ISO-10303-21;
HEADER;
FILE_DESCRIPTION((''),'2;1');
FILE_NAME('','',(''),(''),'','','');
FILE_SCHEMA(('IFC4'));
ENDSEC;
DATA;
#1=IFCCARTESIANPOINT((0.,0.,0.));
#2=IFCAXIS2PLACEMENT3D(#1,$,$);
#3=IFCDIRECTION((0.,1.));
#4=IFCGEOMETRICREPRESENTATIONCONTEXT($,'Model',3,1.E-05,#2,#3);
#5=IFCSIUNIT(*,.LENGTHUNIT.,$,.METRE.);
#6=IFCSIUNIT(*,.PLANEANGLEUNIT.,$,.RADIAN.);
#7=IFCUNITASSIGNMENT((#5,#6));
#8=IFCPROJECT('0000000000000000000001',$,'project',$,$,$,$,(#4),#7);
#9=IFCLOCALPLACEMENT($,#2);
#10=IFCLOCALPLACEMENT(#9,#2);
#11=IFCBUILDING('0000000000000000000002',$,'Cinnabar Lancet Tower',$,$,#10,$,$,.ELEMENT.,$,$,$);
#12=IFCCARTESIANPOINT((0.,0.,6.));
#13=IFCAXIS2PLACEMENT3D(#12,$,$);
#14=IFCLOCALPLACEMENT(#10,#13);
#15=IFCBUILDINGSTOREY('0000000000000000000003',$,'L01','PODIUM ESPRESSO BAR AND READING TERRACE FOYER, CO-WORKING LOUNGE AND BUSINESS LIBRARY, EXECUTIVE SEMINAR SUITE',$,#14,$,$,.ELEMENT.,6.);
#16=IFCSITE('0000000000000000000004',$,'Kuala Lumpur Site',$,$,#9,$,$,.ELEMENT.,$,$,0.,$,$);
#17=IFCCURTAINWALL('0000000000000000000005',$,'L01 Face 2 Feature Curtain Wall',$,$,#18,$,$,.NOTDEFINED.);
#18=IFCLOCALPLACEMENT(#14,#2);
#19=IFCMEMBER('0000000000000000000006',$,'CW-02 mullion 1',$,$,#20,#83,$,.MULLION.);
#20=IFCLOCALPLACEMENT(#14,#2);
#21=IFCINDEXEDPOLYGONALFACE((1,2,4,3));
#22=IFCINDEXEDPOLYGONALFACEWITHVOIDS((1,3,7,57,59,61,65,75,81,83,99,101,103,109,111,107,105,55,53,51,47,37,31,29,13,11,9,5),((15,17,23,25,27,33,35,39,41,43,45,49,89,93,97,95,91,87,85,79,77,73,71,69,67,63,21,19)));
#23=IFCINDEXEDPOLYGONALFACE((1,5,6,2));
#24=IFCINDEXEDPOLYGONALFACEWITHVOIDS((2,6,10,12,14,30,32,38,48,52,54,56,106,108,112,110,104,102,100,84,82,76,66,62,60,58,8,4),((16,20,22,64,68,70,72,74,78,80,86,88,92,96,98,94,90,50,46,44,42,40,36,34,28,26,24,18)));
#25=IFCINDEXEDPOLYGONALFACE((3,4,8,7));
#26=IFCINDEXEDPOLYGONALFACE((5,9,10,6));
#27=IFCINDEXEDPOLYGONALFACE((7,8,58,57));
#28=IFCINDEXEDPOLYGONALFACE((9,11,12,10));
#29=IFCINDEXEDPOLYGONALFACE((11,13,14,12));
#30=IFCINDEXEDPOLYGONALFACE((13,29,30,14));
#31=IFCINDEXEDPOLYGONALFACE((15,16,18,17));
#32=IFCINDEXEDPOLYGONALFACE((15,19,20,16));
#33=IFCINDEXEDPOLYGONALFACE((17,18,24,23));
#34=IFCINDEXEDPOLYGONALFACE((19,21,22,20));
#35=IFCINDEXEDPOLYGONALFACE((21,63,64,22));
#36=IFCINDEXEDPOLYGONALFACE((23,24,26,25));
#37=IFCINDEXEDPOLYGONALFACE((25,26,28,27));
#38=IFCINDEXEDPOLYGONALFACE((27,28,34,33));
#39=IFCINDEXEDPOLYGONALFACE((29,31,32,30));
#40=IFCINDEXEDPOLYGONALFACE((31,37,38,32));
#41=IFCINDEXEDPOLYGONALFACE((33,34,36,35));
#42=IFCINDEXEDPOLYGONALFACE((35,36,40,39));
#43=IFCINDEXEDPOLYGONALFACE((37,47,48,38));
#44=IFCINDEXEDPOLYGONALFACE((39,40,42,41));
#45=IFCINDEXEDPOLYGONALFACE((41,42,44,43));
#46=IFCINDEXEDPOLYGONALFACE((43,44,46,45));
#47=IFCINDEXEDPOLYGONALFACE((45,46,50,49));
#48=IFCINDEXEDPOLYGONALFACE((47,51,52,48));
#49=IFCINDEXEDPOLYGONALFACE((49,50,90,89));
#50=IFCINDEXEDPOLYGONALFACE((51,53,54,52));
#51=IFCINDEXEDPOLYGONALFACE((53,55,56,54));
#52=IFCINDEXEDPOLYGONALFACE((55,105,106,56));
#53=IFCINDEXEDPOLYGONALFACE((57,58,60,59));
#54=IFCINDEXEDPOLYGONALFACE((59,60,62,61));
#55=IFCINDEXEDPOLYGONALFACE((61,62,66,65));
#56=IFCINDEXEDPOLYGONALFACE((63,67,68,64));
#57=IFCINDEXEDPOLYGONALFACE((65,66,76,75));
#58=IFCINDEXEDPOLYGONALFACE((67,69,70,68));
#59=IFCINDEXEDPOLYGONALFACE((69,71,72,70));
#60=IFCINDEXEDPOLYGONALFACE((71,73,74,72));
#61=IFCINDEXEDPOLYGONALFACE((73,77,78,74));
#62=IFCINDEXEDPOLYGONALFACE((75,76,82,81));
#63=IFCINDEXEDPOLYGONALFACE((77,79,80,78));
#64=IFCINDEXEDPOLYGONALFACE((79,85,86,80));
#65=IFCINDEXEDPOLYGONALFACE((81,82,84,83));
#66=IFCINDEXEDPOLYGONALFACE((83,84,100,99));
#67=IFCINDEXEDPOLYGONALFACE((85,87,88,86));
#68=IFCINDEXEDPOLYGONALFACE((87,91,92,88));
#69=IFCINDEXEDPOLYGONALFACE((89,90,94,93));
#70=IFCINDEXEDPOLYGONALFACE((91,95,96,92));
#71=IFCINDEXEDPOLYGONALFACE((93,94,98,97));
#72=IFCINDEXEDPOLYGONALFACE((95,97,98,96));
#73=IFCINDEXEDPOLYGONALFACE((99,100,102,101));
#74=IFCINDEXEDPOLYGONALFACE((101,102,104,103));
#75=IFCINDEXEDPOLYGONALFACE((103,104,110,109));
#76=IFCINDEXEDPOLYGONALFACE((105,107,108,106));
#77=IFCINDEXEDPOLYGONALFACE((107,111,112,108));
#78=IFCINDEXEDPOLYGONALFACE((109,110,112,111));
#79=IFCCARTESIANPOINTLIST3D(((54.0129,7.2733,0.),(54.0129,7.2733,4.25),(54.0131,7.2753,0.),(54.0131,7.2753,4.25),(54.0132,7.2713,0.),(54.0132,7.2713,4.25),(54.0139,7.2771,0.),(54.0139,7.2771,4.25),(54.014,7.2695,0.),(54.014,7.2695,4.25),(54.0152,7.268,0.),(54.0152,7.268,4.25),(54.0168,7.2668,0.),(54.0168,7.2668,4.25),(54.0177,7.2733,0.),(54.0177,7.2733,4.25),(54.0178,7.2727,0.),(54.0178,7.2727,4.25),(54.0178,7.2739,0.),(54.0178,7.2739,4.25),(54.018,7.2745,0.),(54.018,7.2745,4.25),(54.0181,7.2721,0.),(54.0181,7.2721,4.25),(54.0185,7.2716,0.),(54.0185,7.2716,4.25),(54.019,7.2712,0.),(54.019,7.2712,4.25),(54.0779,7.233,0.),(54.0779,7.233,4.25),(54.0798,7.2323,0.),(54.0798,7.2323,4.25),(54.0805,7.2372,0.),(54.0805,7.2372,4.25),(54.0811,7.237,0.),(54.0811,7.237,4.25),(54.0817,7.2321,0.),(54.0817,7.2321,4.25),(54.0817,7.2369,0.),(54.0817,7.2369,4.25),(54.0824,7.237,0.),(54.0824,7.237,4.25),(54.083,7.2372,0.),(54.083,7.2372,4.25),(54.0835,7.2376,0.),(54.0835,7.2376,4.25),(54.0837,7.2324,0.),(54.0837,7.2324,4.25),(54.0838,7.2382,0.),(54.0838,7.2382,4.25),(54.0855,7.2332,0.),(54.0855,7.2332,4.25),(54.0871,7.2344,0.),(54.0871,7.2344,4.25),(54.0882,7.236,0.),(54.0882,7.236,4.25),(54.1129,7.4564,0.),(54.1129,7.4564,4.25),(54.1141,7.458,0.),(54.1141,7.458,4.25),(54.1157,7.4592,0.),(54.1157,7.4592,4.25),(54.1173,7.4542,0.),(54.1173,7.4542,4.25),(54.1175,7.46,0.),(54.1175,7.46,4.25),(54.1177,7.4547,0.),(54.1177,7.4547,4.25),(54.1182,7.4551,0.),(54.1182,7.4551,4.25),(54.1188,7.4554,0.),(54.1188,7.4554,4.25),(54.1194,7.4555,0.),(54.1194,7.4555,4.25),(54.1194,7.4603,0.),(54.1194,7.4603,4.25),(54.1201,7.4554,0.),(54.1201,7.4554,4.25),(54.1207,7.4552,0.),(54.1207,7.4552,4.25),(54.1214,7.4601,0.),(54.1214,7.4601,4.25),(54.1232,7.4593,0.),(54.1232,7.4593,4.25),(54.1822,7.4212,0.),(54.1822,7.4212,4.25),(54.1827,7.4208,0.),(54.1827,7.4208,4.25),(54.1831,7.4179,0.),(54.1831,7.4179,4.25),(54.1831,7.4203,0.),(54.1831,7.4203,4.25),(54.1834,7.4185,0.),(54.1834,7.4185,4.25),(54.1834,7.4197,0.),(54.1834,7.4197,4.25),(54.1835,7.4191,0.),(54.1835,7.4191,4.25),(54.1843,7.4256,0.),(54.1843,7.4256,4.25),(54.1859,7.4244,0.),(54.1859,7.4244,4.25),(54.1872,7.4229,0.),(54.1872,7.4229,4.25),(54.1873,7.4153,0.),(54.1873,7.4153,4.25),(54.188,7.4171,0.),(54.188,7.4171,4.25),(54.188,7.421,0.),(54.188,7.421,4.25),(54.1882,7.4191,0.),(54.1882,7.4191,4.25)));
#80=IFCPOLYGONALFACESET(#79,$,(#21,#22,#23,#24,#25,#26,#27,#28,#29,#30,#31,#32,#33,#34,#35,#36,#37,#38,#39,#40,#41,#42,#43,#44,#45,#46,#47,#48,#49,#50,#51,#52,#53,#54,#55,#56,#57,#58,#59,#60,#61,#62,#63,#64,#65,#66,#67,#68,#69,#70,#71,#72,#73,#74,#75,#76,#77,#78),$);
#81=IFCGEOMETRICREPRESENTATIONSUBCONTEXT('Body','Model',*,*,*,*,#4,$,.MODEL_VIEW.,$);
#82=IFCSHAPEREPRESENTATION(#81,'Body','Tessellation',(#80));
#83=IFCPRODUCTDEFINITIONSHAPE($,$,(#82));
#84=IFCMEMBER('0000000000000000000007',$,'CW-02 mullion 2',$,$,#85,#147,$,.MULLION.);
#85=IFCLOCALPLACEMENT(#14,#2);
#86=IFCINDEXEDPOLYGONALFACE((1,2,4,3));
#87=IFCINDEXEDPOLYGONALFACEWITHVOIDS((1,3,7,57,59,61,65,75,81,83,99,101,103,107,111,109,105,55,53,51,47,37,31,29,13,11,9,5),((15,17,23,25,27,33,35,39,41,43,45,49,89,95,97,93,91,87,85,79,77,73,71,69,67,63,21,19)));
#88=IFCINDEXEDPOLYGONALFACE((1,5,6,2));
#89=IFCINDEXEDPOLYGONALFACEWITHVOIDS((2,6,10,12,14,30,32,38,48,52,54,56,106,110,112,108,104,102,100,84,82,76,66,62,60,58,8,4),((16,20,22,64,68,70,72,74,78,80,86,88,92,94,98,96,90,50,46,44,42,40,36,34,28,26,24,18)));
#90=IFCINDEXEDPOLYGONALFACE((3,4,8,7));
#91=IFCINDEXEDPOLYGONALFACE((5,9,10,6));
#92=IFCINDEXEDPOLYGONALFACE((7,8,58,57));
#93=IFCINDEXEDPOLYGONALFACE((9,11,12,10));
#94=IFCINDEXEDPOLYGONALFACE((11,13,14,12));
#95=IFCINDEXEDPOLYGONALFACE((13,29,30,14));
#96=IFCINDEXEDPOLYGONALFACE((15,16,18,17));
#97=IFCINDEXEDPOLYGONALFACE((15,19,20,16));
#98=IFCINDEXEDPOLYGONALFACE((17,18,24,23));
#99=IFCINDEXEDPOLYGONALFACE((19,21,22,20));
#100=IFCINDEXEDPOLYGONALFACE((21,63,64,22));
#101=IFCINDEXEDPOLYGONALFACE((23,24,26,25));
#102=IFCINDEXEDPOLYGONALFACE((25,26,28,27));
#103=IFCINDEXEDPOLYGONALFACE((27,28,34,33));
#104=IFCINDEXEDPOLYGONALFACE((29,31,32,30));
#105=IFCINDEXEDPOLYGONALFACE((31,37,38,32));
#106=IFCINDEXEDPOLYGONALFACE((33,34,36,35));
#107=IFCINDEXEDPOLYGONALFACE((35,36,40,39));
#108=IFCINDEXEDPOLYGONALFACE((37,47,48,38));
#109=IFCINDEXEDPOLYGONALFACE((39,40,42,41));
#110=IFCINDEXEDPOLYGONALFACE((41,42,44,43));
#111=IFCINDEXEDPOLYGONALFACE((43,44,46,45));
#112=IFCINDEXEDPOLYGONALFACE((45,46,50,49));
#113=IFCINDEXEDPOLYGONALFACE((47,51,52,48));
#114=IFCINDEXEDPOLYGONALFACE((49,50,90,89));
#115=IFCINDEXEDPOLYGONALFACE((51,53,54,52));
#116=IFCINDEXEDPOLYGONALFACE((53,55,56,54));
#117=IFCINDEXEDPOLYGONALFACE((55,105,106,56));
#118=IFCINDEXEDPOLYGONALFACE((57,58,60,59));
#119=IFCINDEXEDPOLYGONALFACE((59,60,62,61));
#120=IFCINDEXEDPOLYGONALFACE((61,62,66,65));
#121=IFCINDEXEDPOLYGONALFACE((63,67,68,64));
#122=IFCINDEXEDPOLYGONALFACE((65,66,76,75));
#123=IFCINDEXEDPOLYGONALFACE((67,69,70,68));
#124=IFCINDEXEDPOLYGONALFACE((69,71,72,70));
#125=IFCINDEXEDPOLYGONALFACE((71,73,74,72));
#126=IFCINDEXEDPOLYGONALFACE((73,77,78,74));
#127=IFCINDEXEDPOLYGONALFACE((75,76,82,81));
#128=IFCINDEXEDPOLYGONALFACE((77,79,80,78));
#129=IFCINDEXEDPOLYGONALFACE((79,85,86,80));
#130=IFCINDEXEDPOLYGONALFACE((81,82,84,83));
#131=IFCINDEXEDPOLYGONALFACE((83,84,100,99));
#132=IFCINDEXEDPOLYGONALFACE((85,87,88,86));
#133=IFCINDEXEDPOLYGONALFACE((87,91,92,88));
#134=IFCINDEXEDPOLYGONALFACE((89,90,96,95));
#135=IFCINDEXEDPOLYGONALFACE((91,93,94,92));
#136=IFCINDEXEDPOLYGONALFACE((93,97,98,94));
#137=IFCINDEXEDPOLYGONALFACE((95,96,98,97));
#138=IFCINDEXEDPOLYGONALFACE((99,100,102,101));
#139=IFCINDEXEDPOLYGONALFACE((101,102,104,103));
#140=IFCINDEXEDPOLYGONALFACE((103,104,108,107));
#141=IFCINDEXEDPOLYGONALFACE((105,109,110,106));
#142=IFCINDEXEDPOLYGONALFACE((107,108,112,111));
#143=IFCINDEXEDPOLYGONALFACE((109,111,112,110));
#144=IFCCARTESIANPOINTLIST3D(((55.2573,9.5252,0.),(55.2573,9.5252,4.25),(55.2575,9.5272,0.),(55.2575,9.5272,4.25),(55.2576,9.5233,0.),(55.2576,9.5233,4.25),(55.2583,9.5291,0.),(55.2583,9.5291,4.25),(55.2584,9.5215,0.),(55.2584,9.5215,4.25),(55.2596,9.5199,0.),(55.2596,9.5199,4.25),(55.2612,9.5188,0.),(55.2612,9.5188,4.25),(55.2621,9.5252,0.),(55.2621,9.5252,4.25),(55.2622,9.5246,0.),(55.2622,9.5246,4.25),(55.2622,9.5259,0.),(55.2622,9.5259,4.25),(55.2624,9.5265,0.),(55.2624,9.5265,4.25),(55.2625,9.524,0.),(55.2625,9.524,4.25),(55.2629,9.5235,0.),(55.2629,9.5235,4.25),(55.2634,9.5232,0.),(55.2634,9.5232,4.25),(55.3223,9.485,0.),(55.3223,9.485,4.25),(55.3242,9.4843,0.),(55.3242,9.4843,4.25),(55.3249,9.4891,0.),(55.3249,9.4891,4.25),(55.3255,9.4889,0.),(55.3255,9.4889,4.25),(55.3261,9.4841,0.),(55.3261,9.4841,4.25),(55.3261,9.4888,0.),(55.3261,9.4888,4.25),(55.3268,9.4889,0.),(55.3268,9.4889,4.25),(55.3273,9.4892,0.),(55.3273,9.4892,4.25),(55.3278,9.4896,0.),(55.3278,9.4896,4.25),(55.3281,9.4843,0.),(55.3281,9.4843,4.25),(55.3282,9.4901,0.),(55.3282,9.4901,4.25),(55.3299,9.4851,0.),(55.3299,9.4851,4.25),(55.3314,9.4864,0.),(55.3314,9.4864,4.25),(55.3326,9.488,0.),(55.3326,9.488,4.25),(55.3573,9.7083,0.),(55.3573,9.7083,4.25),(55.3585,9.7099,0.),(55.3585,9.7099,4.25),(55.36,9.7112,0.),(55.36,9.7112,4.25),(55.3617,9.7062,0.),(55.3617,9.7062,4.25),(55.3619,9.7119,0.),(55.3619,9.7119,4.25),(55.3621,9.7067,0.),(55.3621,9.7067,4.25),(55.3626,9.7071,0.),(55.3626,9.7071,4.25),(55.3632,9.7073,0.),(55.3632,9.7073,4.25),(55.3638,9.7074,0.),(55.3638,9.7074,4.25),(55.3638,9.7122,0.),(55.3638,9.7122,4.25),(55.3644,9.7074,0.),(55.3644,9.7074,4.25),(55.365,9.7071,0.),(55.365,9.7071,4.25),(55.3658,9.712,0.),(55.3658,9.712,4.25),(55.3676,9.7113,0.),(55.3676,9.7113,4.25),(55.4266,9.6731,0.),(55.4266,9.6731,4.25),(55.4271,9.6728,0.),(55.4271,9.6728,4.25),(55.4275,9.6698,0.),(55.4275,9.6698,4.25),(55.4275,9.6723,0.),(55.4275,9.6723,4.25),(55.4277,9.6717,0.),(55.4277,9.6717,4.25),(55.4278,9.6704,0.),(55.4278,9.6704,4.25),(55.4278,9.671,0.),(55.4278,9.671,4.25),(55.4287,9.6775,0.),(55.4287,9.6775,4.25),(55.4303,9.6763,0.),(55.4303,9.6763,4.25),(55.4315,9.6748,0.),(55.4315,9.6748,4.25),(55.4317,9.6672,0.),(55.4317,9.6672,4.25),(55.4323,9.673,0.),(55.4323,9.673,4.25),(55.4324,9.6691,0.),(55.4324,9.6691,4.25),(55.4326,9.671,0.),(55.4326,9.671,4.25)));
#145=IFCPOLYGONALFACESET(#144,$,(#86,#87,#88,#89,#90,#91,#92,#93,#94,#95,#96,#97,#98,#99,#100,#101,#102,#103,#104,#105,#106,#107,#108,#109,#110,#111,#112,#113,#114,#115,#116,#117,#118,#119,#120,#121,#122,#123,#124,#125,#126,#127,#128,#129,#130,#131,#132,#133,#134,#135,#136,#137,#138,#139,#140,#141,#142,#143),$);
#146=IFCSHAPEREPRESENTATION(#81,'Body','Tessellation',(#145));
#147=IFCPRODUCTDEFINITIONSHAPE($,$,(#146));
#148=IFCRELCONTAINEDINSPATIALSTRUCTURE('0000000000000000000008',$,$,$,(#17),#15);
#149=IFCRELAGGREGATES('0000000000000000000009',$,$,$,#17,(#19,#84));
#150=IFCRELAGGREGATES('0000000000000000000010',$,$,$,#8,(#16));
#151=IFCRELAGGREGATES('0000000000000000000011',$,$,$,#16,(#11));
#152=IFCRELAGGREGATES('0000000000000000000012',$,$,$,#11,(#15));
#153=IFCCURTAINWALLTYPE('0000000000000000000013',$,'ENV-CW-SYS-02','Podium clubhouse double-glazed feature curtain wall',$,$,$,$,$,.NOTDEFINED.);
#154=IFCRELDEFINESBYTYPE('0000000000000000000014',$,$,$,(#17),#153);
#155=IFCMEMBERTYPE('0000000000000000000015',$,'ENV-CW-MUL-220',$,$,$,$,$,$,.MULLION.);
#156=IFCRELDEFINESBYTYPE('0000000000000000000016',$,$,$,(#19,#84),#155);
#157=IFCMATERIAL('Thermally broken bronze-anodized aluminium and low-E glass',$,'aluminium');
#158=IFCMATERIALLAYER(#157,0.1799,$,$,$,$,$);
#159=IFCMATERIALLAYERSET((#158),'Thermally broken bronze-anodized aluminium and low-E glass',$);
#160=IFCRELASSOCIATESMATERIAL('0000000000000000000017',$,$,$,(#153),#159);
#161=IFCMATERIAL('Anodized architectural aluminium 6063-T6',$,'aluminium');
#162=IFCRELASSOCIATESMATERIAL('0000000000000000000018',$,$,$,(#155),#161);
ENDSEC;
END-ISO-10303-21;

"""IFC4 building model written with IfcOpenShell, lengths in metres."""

from ifc_helpers import new_model, si_unit, direction, frame, origin, origin_2d, place, context, subcontext, project, spatial, hollow_rectangle, extrude, material, layer, layer_set, material_profile, profile_set, type_object, element, aggregate, save


model = new_model("IFC4")

# Units and contexts
model_context = context("Model", 3, precision=1e-05, world=origin(), true_north=direction((0.0, 1.0)))
body_context = subcontext(model_context, "Body", "Model", "MODEL_VIEW")
ifc_project = project(units=[si_unit("LENGTHUNIT", "METRE"), si_unit("PLANEANGLEUNIT", "RADIAN")], contexts=[model_context])

# Site, building, storey
site_placement = place(None, origin())
site = spatial("IfcSite", under=ifc_project, at=site_placement, Name="Kuala Lumpur Site", CompositionType="ELEMENT", RefElevation=0.0)
building_placement = place(site_placement, origin())
building = spatial("IfcBuilding", under=site, at=building_placement, Name="Cinnabar Lancet Tower", CompositionType="ELEMENT")
storey_placement = place(building_placement, frame((0.0, 0.0, 6.0)))
storey = spatial("IfcBuildingStorey", under=building, at=storey_placement, Name="L01", Description="PODIUM ESPRESSO BAR AND READING TERRACE FOYER, CO-WORKING LOUNGE AND BUSINESS LIBRARY, EXECUTIVE SEMINAR SUITE", CompositionType="ELEMENT", Elevation=6.0)

# Curtain wall, members
ifc_material_1 = material(Name="Thermally broken bronze-anodized aluminium and low-E glass", Category="aluminium")
ifc_layer_1 = layer(ifc_material_1, 0.1799)
ifc_layer_set_1 = layer_set([ifc_layer_1], Name="Thermally broken bronze-anodized aluminium and low-E glass")
curtain_wall_type = type_object("IfcCurtainWallType", Name="ENV-CW-SYS-02", Description="Podium clubhouse double-glazed feature curtain wall", PredefinedType="NOTDEFINED", material=ifc_layer_set_1)
curtain_wall_placement = place(storey_placement, origin())
curtain_wall = element("IfcCurtainWall", 1, at=curtain_wall_placement, inside=storey, type_object=curtain_wall_type, Name="L01 Face 2 Feature Curtain Wall", PredefinedType="NOTDEFINED")
ifc_material_2 = material(Name="Anodized architectural aluminium 6063-T6", Category="aluminium")
ifc_material_profile_1 = material_profile(ifc_material_2, hollow_rectangle(XDim=0.085, YDim=0.22, WallThickness=0.0049, InnerFilletRadius=0.0024, OuterFilletRadius=0.0076, at=origin_2d()), Name="CW-MUL 220x85x5")
ifc_profile_set_1 = profile_set([ifc_material_profile_1], Name="Anodized architectural aluminium 6063-T6")
member_type_1 = type_object("IfcMemberType", Name="ENV-CW-MUL-220", PredefinedType="MULLION", material=ifc_profile_set_1)
member_1_placement = place(storey_placement, frame((54.1006, 7.3462, 0.0), z_axis=(0.0, 0.0, 1.0), x_axis=(-0.875242, 0.483685, 0.0)))
member_1 = element("IfcMember", 2, at=member_1_placement, type_object=member_type_1, Name="CW-02 mullion 1", PredefinedType="MULLION", context=body_context, shape_type="SweptSolid", body=[
    extrude(hollow_rectangle(XDim=0.085, YDim=0.22, WallThickness=0.0049, InnerFilletRadius=0.0024, OuterFilletRadius=0.0076, at=origin_2d()), origin(), (0.0, 0.0, 1.0), 4.25),
])
member_2_placement = place(storey_placement, frame((55.345, 9.5981, 0.0), z_axis=(0.0, 0.0, 1.0), x_axis=(-0.875242, 0.483685, 0.0)))
member_2 = element("IfcMember", 3, at=member_2_placement, type_object=member_type_1, Name="CW-02 mullion 2", PredefinedType="MULLION", context=body_context, shape_type="SweptSolid", body=[
    extrude(hollow_rectangle(XDim=0.085, YDim=0.22, WallThickness=0.0049, InnerFilletRadius=0.0024, OuterFilletRadius=0.0076, at=origin_2d()), origin(), (0.0, 0.0, 1.0), 4.25),
])
aggregate(curtain_wall, [member_1, member_2])

save(model, "model.ifc")
